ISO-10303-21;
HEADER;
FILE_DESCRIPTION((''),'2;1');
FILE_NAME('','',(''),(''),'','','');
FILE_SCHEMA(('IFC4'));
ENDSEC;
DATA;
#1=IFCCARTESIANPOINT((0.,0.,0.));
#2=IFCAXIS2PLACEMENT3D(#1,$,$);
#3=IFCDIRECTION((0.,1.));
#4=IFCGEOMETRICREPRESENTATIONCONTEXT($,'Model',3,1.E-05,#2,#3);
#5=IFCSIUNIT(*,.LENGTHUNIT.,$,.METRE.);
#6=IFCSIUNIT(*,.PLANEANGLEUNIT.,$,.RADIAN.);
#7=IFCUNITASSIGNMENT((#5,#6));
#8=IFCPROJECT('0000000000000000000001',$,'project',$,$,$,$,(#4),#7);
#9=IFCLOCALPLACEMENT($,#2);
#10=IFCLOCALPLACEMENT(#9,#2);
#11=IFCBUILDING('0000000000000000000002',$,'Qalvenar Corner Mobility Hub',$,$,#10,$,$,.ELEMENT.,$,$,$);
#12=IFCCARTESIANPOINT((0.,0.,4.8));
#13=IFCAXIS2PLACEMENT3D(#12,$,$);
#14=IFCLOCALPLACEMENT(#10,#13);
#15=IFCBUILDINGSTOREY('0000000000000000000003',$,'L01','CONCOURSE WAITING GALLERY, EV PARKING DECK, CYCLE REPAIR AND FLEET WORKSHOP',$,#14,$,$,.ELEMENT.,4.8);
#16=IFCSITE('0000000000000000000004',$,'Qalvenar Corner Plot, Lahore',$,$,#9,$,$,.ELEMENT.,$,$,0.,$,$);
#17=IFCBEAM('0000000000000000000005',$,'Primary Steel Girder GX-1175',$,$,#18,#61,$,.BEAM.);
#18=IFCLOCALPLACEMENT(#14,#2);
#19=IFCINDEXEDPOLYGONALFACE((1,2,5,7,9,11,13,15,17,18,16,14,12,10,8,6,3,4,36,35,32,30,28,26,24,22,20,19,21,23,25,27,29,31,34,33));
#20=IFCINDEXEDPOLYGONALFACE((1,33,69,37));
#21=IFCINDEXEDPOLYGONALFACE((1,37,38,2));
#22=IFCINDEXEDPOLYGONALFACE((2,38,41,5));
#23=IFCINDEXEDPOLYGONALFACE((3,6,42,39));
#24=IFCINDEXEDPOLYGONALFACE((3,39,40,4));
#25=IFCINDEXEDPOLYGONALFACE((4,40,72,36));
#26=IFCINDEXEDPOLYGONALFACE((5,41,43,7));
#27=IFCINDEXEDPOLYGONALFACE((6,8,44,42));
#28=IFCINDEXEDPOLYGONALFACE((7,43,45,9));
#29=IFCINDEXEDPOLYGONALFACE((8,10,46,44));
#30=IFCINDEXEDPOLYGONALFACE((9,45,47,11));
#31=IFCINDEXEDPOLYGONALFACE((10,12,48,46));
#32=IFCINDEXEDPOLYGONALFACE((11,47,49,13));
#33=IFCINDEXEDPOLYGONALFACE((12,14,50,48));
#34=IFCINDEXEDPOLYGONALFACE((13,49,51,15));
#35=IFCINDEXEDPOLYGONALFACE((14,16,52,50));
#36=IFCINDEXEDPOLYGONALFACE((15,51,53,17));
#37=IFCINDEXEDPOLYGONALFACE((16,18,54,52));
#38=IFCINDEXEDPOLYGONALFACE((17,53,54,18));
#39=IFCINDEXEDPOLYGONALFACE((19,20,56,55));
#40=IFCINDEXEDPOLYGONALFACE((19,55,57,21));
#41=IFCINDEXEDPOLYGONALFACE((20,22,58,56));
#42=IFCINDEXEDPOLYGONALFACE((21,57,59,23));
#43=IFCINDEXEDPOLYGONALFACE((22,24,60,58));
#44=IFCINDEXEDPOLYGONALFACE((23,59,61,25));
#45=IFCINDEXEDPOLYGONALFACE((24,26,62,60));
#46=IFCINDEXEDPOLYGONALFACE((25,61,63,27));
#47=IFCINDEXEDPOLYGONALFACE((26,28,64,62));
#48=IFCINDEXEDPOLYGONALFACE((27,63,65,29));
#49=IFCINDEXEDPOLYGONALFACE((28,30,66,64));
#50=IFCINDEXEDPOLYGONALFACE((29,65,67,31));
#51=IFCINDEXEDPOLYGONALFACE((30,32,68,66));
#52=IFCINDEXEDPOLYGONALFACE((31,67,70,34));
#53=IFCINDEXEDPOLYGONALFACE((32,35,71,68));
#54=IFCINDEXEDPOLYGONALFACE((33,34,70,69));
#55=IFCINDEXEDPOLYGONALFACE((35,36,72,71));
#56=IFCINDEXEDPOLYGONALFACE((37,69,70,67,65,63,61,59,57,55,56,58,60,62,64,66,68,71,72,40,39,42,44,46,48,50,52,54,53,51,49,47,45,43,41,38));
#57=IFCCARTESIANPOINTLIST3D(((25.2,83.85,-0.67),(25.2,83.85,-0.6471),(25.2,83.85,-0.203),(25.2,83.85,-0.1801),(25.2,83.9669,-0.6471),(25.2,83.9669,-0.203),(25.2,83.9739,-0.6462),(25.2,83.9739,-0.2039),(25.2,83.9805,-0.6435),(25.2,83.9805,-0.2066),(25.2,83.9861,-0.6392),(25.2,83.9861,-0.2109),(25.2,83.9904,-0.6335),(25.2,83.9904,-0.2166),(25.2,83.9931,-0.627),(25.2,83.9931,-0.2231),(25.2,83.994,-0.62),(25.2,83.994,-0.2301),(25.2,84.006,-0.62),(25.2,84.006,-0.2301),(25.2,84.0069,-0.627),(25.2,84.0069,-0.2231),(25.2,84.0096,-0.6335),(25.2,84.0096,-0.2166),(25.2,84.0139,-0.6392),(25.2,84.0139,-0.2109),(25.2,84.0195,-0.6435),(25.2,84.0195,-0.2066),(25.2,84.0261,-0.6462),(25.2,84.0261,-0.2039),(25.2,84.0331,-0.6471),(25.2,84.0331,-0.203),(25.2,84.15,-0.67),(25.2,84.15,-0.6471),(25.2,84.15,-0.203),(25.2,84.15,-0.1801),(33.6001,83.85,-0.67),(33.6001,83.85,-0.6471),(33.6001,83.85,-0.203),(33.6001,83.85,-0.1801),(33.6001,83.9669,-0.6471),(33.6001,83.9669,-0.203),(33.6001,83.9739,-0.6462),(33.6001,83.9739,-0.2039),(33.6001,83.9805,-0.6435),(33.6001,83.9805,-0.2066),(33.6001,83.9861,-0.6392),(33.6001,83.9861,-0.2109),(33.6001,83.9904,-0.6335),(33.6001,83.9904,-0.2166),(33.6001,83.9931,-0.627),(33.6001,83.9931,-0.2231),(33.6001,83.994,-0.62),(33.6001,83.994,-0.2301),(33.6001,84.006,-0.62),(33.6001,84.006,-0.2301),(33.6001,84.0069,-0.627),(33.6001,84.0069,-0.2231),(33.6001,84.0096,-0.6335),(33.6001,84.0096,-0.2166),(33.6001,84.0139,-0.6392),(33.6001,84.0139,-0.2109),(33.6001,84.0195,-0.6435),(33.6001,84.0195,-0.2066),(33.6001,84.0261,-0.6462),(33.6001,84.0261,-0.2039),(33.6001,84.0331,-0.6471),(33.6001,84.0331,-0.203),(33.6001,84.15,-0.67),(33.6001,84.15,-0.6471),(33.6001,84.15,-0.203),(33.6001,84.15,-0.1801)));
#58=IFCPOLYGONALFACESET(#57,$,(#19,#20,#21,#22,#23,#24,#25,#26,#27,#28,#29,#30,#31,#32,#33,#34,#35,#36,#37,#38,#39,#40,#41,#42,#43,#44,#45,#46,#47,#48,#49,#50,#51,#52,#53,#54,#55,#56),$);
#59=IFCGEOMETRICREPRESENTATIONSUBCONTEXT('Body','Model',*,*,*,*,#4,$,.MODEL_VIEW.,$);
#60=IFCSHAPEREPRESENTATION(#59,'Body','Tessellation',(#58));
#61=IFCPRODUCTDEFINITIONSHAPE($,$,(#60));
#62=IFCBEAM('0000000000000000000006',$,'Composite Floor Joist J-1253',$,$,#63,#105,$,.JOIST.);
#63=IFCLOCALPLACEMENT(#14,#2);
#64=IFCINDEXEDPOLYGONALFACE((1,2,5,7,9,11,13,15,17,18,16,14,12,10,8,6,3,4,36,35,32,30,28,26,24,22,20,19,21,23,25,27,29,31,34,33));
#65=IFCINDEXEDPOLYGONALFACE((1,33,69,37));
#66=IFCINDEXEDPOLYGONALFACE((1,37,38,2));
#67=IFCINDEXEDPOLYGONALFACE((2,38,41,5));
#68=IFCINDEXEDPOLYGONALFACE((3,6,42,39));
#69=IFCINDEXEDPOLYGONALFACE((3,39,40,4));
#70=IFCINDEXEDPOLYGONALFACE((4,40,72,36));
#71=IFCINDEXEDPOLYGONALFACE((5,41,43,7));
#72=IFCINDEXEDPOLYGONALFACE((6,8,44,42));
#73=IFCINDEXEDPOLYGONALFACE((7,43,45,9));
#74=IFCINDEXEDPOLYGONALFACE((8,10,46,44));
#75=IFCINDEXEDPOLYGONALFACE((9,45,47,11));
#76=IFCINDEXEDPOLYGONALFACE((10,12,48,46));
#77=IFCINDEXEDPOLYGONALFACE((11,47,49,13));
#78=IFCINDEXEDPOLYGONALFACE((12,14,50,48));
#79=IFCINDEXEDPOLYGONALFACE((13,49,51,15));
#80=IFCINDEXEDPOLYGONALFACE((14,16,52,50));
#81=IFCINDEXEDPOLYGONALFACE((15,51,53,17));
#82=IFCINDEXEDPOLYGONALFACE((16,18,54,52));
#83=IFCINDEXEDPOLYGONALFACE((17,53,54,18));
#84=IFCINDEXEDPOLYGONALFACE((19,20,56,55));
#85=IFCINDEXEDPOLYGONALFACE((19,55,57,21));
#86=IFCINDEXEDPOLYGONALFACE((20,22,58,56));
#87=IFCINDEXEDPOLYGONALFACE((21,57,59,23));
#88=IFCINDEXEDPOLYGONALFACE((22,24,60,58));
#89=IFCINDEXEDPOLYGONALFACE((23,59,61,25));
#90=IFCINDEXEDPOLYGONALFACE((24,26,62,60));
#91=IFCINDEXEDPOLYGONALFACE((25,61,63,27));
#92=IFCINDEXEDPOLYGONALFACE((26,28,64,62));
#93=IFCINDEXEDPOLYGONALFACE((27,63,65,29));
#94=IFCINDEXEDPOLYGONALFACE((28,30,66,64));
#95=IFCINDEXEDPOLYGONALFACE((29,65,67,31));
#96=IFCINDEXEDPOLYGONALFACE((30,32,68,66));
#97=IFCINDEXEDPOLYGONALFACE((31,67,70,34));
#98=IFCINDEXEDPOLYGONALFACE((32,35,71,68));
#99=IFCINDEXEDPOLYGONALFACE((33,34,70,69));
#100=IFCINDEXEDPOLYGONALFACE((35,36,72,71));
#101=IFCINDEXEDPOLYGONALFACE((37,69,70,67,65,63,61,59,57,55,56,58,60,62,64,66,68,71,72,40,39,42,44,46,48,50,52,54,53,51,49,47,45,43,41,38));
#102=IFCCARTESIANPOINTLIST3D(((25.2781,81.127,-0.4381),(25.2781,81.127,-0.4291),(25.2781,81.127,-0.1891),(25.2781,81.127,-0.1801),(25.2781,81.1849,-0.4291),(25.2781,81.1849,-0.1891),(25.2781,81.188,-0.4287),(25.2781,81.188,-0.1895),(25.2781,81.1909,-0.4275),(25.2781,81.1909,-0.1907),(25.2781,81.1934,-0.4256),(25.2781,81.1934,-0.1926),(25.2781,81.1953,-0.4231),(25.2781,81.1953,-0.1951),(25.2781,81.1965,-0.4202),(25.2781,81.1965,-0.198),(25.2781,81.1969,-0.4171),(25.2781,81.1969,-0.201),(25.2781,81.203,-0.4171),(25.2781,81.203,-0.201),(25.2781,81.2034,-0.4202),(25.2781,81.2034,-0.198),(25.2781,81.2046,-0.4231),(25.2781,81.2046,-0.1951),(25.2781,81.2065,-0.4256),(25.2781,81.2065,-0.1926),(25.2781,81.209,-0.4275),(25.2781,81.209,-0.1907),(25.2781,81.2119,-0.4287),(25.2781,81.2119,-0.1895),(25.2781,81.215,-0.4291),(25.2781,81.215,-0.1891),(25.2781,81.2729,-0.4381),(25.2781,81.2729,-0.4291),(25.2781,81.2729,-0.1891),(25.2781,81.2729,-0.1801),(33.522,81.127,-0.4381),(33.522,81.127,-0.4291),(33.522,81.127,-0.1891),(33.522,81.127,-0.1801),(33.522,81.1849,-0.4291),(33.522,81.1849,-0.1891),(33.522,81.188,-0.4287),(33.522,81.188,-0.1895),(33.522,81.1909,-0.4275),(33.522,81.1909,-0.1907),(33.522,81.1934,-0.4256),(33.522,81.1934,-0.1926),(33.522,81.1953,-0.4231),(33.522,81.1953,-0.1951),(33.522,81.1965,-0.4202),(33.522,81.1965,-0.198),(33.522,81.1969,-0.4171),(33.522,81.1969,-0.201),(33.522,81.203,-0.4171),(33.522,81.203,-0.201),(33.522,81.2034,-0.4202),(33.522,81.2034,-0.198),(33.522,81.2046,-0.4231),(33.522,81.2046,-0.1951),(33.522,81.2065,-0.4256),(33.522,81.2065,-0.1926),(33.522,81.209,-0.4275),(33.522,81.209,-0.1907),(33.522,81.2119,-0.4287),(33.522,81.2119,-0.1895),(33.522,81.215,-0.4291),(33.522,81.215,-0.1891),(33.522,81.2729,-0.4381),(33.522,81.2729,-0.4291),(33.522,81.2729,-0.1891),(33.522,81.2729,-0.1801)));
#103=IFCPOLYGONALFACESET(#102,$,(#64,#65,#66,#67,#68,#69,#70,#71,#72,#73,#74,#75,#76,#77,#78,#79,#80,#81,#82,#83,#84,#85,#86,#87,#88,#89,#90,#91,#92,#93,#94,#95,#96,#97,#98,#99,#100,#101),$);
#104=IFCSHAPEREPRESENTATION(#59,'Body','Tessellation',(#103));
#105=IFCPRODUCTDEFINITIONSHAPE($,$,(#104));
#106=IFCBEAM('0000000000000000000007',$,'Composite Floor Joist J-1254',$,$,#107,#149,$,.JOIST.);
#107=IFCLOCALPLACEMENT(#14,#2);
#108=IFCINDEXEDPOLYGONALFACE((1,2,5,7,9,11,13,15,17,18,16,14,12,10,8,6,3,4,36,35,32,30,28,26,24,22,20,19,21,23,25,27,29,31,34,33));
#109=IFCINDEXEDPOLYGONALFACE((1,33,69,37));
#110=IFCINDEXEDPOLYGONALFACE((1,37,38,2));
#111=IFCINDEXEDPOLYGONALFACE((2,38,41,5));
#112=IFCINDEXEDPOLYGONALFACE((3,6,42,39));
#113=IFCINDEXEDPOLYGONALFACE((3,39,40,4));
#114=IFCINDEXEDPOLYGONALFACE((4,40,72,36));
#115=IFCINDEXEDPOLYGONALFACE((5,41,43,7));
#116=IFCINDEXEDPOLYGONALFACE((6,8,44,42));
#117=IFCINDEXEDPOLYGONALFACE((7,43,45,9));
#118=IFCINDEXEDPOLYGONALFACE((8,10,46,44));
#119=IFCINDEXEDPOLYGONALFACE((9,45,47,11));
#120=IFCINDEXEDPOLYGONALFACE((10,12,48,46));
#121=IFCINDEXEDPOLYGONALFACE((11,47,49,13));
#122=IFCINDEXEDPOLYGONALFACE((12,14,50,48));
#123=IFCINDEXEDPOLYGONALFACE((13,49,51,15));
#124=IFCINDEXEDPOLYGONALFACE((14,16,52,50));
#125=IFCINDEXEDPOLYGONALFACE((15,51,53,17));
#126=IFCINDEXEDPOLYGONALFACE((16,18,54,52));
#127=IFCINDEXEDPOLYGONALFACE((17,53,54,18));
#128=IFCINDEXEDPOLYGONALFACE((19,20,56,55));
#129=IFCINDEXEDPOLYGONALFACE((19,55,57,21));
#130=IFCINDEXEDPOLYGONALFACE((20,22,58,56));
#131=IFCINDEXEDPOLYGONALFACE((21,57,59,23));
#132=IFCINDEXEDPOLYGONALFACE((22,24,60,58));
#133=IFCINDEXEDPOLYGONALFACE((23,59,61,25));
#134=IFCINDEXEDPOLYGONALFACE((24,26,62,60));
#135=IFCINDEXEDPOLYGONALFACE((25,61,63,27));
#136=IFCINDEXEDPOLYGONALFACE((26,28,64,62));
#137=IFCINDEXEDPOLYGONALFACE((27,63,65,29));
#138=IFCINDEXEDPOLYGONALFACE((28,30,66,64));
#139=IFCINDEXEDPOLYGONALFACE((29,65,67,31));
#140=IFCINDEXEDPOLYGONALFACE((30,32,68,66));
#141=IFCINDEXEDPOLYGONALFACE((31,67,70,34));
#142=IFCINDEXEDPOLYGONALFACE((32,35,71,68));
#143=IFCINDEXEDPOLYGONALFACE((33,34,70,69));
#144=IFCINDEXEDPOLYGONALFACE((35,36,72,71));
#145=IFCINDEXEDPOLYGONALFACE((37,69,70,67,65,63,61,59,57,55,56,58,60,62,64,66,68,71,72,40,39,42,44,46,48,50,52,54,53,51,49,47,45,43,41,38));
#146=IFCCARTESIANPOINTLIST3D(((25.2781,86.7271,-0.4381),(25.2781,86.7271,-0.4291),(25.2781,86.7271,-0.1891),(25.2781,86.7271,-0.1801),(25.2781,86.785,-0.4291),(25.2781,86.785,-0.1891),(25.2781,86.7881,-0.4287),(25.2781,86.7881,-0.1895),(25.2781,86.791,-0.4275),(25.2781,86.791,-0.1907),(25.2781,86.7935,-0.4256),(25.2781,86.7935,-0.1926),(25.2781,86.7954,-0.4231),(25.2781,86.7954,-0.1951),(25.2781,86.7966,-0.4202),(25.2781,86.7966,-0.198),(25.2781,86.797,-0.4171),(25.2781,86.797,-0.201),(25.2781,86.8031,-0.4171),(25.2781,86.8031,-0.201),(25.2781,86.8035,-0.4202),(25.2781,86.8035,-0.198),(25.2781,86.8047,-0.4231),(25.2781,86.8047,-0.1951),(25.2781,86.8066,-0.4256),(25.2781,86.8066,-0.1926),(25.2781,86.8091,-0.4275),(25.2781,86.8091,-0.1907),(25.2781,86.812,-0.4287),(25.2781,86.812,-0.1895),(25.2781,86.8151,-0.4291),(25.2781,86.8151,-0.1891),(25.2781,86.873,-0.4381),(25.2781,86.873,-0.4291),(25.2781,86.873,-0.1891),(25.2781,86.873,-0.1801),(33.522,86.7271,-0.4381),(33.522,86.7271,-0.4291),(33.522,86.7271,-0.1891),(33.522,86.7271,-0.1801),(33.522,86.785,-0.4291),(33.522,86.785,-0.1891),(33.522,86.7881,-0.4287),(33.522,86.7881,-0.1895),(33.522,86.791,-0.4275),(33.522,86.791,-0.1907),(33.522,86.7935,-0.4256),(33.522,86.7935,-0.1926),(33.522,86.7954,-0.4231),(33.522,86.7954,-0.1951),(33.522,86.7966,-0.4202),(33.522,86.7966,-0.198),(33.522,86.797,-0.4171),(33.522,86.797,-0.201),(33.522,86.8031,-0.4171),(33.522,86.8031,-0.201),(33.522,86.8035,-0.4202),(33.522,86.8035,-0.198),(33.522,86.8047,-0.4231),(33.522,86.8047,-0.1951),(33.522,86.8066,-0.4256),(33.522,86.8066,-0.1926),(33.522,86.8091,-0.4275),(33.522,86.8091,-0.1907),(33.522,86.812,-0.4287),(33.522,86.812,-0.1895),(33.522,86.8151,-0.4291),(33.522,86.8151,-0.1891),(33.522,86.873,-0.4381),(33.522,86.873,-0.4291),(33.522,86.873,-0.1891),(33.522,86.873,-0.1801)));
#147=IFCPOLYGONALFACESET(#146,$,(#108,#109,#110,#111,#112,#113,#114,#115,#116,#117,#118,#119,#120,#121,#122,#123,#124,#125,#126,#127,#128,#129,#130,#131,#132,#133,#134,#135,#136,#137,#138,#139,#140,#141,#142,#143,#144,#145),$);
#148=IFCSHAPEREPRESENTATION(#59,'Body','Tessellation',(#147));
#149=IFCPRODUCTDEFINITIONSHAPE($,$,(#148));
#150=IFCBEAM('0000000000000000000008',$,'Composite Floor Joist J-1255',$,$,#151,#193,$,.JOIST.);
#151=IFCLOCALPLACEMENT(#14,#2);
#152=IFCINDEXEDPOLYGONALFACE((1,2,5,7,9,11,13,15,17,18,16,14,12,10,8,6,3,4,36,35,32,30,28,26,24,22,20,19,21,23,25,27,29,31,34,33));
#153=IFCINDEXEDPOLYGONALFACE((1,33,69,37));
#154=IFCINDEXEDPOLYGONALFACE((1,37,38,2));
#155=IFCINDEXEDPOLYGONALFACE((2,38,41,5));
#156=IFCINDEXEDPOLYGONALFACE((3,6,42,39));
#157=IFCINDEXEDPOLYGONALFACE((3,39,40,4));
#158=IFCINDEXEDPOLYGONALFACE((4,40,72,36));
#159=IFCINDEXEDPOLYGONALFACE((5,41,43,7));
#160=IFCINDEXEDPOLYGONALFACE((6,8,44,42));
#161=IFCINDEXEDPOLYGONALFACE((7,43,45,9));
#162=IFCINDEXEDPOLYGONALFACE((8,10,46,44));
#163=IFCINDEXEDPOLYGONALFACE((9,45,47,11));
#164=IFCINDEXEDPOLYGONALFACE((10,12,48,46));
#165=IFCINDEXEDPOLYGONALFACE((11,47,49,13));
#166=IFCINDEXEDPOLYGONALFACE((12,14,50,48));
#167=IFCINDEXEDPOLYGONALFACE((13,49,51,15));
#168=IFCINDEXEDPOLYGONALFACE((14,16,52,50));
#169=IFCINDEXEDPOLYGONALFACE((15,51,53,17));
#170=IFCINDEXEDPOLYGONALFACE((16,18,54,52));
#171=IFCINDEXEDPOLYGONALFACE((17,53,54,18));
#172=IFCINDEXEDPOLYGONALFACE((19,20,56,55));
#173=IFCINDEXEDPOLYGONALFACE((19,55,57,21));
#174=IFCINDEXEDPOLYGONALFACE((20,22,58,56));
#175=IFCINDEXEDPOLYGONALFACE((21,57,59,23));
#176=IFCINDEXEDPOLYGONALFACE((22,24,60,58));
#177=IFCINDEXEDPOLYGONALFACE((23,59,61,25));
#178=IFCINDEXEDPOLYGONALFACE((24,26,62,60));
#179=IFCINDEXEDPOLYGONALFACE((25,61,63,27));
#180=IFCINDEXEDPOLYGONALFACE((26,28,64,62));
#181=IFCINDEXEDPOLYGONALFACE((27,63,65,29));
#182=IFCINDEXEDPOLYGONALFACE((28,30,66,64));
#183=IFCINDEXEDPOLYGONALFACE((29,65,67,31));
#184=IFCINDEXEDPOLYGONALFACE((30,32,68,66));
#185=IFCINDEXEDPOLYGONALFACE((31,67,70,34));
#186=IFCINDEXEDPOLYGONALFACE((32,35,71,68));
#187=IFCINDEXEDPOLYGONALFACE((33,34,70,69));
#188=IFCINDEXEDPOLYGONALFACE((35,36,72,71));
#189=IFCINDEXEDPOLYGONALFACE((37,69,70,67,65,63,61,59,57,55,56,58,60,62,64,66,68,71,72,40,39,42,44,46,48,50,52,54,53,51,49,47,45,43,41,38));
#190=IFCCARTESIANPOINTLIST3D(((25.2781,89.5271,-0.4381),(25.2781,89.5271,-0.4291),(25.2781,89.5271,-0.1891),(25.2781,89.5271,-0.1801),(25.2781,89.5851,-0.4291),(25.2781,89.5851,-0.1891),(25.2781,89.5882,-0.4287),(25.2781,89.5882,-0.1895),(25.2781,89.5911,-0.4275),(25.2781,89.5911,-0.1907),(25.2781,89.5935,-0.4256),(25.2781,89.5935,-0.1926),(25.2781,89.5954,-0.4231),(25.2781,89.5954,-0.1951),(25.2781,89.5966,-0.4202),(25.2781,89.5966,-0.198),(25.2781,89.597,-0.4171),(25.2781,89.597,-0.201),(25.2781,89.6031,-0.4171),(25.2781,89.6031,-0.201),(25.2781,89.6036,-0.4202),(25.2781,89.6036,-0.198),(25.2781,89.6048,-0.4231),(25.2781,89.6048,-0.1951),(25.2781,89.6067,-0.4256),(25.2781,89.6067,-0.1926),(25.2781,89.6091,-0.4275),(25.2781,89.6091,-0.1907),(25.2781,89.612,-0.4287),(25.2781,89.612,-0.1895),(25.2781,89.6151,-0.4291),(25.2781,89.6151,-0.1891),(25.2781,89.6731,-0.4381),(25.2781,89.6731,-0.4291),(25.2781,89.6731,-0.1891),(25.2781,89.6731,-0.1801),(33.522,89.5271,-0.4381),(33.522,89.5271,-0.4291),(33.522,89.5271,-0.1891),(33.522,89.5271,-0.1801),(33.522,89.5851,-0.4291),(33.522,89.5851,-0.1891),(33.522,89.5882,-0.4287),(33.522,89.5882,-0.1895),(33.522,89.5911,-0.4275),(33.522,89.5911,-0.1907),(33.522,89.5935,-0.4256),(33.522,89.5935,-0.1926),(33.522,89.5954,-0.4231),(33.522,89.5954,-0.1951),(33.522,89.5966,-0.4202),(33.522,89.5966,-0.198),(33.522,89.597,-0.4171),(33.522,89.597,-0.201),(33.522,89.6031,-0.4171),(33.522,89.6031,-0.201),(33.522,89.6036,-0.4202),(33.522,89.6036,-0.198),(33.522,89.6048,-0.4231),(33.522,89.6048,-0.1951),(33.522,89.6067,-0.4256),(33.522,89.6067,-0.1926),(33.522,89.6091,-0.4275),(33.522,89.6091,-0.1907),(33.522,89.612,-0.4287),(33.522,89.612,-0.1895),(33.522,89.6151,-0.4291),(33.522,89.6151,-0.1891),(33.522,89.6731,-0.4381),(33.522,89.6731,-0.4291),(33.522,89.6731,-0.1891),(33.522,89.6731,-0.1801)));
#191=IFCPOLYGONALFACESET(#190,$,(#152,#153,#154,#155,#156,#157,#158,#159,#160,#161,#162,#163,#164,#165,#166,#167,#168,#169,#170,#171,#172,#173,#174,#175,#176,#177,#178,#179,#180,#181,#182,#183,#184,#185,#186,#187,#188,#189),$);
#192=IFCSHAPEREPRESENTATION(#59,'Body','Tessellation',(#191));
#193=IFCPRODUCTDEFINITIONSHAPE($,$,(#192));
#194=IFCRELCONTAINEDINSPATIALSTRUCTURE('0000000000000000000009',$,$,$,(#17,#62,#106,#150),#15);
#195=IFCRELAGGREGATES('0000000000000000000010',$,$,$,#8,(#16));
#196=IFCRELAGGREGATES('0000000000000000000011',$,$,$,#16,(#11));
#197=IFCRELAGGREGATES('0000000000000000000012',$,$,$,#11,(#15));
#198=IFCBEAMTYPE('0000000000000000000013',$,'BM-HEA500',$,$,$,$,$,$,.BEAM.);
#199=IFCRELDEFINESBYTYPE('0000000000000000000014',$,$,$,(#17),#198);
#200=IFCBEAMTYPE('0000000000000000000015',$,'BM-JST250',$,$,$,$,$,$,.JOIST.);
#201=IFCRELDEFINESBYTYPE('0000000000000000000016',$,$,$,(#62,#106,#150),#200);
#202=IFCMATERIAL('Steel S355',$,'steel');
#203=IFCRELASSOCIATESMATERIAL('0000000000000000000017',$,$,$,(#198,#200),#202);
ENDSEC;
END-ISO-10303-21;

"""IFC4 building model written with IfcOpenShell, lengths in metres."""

from ifc_helpers import new_model, si_unit, direction, frame, origin, origin_2d, place, context, subcontext, project, spatial, i_section, extrude, material, material_profile, profile_set, type_object, element, save


model = new_model("IFC4")

# Units and contexts
model_context = context("Model", 3, precision=1e-05, world=origin(), true_north=direction((0.0, 1.0)))
body_context = subcontext(model_context, "Body", "Model", "MODEL_VIEW")
ifc_project = project(units=[si_unit("LENGTHUNIT", "METRE"), si_unit("PLANEANGLEUNIT", "RADIAN")], contexts=[model_context])

# Site, building, storey
site_placement = place(None, origin())
site = spatial("IfcSite", under=ifc_project, at=site_placement, Name="Qalvenar Corner Plot, Lahore", CompositionType="ELEMENT", RefElevation=0.0)
building_placement = place(site_placement, origin())
building = spatial("IfcBuilding", under=site, at=building_placement, Name="Qalvenar Corner Mobility Hub", CompositionType="ELEMENT")
storey_placement = place(building_placement, frame((0.0, 0.0, 4.8)))
storey = spatial("IfcBuildingStorey", under=building, at=storey_placement, Name="L01", Description="CONCOURSE WAITING GALLERY, EV PARKING DECK, CYCLE REPAIR AND FLEET WORKSHOP", CompositionType="ELEMENT", Elevation=4.8)

# Shared definitions
ifc_material_1 = material(Name="Steel S355", Category="steel")

# Beams
ifc_material_profile_1 = material_profile(ifc_material_1, i_section(OverallWidth=0.3, OverallDepth=0.49, WebThickness=0.012, FlangeThickness=0.0229, FilletRadius=0.0271, at=origin_2d()), Name="HEA500")
ifc_profile_set_1 = profile_set([ifc_material_profile_1], Name="Steel S355")
beam_type_1 = type_object("IfcBeamType", Name="BM-HEA500", PredefinedType="BEAM", material=ifc_profile_set_1)
beam_1_placement = place(storey_placement, frame((25.2, 84.0, -0.425), z_axis=(1.0, 0.0, 0.0), x_axis=(0.0, 1.0, 0.0)))
element("IfcBeam", 1, at=beam_1_placement, inside=storey, type_object=beam_type_1, Name="Primary Steel Girder GX-1175", PredefinedType="BEAM", context=body_context, shape_type="SweptSolid", body=[
    extrude(i_section(OverallWidth=0.3, OverallDepth=0.49, WebThickness=0.012, FlangeThickness=0.0229, FilletRadius=0.0271, at=origin_2d()), origin(), (0.0, 0.0, 1.0), 8.4001),
])
ifc_material_profile_2 = material_profile(ifc_material_1, i_section(OverallWidth=0.146, OverallDepth=0.2581, WebThickness=0.0061, FlangeThickness=0.009, FilletRadius=0.012, at=origin_2d()), Name="W250x32.7")
ifc_profile_set_2 = profile_set([ifc_material_profile_2], Name="Steel S355")
beam_type_2 = type_object("IfcBeamType", Name="BM-JST250", PredefinedType="JOIST", material=ifc_profile_set_2)
for number, where, z_axis, x_axis, name in (
    (2, (25.2781, 81.2, -0.3091), (1.0, 0.0, 0.0), (0.0, 1.0, 0.0), "Composite Floor Joist J-1253"),
    (3, (25.2781, 86.8, -0.3091), (1.0, 0.0, 0.0), (0.0, 1.0, 0.0), "Composite Floor Joist J-1254"),
    (4, (25.2781, 89.6001, -0.3091), (1.0, 0.0, 0.0), (0.0, 1.0, 0.0), "Composite Floor Joist J-1255"),
):
    element("IfcBeam", number, at=place(storey_placement, frame(where, z_axis=z_axis, x_axis=x_axis)), inside=storey, type_object=beam_type_2, Name=name, PredefinedType="JOIST", context=body_context, shape_type="SweptSolid", body=[
        extrude(i_section(OverallWidth=0.146, OverallDepth=0.2581, WebThickness=0.0061, FlangeThickness=0.009, FilletRadius=0.012, at=origin_2d()), origin(), (0.0, 0.0, 1.0), 8.2439),
    ])

save(model, "model.ifc")
